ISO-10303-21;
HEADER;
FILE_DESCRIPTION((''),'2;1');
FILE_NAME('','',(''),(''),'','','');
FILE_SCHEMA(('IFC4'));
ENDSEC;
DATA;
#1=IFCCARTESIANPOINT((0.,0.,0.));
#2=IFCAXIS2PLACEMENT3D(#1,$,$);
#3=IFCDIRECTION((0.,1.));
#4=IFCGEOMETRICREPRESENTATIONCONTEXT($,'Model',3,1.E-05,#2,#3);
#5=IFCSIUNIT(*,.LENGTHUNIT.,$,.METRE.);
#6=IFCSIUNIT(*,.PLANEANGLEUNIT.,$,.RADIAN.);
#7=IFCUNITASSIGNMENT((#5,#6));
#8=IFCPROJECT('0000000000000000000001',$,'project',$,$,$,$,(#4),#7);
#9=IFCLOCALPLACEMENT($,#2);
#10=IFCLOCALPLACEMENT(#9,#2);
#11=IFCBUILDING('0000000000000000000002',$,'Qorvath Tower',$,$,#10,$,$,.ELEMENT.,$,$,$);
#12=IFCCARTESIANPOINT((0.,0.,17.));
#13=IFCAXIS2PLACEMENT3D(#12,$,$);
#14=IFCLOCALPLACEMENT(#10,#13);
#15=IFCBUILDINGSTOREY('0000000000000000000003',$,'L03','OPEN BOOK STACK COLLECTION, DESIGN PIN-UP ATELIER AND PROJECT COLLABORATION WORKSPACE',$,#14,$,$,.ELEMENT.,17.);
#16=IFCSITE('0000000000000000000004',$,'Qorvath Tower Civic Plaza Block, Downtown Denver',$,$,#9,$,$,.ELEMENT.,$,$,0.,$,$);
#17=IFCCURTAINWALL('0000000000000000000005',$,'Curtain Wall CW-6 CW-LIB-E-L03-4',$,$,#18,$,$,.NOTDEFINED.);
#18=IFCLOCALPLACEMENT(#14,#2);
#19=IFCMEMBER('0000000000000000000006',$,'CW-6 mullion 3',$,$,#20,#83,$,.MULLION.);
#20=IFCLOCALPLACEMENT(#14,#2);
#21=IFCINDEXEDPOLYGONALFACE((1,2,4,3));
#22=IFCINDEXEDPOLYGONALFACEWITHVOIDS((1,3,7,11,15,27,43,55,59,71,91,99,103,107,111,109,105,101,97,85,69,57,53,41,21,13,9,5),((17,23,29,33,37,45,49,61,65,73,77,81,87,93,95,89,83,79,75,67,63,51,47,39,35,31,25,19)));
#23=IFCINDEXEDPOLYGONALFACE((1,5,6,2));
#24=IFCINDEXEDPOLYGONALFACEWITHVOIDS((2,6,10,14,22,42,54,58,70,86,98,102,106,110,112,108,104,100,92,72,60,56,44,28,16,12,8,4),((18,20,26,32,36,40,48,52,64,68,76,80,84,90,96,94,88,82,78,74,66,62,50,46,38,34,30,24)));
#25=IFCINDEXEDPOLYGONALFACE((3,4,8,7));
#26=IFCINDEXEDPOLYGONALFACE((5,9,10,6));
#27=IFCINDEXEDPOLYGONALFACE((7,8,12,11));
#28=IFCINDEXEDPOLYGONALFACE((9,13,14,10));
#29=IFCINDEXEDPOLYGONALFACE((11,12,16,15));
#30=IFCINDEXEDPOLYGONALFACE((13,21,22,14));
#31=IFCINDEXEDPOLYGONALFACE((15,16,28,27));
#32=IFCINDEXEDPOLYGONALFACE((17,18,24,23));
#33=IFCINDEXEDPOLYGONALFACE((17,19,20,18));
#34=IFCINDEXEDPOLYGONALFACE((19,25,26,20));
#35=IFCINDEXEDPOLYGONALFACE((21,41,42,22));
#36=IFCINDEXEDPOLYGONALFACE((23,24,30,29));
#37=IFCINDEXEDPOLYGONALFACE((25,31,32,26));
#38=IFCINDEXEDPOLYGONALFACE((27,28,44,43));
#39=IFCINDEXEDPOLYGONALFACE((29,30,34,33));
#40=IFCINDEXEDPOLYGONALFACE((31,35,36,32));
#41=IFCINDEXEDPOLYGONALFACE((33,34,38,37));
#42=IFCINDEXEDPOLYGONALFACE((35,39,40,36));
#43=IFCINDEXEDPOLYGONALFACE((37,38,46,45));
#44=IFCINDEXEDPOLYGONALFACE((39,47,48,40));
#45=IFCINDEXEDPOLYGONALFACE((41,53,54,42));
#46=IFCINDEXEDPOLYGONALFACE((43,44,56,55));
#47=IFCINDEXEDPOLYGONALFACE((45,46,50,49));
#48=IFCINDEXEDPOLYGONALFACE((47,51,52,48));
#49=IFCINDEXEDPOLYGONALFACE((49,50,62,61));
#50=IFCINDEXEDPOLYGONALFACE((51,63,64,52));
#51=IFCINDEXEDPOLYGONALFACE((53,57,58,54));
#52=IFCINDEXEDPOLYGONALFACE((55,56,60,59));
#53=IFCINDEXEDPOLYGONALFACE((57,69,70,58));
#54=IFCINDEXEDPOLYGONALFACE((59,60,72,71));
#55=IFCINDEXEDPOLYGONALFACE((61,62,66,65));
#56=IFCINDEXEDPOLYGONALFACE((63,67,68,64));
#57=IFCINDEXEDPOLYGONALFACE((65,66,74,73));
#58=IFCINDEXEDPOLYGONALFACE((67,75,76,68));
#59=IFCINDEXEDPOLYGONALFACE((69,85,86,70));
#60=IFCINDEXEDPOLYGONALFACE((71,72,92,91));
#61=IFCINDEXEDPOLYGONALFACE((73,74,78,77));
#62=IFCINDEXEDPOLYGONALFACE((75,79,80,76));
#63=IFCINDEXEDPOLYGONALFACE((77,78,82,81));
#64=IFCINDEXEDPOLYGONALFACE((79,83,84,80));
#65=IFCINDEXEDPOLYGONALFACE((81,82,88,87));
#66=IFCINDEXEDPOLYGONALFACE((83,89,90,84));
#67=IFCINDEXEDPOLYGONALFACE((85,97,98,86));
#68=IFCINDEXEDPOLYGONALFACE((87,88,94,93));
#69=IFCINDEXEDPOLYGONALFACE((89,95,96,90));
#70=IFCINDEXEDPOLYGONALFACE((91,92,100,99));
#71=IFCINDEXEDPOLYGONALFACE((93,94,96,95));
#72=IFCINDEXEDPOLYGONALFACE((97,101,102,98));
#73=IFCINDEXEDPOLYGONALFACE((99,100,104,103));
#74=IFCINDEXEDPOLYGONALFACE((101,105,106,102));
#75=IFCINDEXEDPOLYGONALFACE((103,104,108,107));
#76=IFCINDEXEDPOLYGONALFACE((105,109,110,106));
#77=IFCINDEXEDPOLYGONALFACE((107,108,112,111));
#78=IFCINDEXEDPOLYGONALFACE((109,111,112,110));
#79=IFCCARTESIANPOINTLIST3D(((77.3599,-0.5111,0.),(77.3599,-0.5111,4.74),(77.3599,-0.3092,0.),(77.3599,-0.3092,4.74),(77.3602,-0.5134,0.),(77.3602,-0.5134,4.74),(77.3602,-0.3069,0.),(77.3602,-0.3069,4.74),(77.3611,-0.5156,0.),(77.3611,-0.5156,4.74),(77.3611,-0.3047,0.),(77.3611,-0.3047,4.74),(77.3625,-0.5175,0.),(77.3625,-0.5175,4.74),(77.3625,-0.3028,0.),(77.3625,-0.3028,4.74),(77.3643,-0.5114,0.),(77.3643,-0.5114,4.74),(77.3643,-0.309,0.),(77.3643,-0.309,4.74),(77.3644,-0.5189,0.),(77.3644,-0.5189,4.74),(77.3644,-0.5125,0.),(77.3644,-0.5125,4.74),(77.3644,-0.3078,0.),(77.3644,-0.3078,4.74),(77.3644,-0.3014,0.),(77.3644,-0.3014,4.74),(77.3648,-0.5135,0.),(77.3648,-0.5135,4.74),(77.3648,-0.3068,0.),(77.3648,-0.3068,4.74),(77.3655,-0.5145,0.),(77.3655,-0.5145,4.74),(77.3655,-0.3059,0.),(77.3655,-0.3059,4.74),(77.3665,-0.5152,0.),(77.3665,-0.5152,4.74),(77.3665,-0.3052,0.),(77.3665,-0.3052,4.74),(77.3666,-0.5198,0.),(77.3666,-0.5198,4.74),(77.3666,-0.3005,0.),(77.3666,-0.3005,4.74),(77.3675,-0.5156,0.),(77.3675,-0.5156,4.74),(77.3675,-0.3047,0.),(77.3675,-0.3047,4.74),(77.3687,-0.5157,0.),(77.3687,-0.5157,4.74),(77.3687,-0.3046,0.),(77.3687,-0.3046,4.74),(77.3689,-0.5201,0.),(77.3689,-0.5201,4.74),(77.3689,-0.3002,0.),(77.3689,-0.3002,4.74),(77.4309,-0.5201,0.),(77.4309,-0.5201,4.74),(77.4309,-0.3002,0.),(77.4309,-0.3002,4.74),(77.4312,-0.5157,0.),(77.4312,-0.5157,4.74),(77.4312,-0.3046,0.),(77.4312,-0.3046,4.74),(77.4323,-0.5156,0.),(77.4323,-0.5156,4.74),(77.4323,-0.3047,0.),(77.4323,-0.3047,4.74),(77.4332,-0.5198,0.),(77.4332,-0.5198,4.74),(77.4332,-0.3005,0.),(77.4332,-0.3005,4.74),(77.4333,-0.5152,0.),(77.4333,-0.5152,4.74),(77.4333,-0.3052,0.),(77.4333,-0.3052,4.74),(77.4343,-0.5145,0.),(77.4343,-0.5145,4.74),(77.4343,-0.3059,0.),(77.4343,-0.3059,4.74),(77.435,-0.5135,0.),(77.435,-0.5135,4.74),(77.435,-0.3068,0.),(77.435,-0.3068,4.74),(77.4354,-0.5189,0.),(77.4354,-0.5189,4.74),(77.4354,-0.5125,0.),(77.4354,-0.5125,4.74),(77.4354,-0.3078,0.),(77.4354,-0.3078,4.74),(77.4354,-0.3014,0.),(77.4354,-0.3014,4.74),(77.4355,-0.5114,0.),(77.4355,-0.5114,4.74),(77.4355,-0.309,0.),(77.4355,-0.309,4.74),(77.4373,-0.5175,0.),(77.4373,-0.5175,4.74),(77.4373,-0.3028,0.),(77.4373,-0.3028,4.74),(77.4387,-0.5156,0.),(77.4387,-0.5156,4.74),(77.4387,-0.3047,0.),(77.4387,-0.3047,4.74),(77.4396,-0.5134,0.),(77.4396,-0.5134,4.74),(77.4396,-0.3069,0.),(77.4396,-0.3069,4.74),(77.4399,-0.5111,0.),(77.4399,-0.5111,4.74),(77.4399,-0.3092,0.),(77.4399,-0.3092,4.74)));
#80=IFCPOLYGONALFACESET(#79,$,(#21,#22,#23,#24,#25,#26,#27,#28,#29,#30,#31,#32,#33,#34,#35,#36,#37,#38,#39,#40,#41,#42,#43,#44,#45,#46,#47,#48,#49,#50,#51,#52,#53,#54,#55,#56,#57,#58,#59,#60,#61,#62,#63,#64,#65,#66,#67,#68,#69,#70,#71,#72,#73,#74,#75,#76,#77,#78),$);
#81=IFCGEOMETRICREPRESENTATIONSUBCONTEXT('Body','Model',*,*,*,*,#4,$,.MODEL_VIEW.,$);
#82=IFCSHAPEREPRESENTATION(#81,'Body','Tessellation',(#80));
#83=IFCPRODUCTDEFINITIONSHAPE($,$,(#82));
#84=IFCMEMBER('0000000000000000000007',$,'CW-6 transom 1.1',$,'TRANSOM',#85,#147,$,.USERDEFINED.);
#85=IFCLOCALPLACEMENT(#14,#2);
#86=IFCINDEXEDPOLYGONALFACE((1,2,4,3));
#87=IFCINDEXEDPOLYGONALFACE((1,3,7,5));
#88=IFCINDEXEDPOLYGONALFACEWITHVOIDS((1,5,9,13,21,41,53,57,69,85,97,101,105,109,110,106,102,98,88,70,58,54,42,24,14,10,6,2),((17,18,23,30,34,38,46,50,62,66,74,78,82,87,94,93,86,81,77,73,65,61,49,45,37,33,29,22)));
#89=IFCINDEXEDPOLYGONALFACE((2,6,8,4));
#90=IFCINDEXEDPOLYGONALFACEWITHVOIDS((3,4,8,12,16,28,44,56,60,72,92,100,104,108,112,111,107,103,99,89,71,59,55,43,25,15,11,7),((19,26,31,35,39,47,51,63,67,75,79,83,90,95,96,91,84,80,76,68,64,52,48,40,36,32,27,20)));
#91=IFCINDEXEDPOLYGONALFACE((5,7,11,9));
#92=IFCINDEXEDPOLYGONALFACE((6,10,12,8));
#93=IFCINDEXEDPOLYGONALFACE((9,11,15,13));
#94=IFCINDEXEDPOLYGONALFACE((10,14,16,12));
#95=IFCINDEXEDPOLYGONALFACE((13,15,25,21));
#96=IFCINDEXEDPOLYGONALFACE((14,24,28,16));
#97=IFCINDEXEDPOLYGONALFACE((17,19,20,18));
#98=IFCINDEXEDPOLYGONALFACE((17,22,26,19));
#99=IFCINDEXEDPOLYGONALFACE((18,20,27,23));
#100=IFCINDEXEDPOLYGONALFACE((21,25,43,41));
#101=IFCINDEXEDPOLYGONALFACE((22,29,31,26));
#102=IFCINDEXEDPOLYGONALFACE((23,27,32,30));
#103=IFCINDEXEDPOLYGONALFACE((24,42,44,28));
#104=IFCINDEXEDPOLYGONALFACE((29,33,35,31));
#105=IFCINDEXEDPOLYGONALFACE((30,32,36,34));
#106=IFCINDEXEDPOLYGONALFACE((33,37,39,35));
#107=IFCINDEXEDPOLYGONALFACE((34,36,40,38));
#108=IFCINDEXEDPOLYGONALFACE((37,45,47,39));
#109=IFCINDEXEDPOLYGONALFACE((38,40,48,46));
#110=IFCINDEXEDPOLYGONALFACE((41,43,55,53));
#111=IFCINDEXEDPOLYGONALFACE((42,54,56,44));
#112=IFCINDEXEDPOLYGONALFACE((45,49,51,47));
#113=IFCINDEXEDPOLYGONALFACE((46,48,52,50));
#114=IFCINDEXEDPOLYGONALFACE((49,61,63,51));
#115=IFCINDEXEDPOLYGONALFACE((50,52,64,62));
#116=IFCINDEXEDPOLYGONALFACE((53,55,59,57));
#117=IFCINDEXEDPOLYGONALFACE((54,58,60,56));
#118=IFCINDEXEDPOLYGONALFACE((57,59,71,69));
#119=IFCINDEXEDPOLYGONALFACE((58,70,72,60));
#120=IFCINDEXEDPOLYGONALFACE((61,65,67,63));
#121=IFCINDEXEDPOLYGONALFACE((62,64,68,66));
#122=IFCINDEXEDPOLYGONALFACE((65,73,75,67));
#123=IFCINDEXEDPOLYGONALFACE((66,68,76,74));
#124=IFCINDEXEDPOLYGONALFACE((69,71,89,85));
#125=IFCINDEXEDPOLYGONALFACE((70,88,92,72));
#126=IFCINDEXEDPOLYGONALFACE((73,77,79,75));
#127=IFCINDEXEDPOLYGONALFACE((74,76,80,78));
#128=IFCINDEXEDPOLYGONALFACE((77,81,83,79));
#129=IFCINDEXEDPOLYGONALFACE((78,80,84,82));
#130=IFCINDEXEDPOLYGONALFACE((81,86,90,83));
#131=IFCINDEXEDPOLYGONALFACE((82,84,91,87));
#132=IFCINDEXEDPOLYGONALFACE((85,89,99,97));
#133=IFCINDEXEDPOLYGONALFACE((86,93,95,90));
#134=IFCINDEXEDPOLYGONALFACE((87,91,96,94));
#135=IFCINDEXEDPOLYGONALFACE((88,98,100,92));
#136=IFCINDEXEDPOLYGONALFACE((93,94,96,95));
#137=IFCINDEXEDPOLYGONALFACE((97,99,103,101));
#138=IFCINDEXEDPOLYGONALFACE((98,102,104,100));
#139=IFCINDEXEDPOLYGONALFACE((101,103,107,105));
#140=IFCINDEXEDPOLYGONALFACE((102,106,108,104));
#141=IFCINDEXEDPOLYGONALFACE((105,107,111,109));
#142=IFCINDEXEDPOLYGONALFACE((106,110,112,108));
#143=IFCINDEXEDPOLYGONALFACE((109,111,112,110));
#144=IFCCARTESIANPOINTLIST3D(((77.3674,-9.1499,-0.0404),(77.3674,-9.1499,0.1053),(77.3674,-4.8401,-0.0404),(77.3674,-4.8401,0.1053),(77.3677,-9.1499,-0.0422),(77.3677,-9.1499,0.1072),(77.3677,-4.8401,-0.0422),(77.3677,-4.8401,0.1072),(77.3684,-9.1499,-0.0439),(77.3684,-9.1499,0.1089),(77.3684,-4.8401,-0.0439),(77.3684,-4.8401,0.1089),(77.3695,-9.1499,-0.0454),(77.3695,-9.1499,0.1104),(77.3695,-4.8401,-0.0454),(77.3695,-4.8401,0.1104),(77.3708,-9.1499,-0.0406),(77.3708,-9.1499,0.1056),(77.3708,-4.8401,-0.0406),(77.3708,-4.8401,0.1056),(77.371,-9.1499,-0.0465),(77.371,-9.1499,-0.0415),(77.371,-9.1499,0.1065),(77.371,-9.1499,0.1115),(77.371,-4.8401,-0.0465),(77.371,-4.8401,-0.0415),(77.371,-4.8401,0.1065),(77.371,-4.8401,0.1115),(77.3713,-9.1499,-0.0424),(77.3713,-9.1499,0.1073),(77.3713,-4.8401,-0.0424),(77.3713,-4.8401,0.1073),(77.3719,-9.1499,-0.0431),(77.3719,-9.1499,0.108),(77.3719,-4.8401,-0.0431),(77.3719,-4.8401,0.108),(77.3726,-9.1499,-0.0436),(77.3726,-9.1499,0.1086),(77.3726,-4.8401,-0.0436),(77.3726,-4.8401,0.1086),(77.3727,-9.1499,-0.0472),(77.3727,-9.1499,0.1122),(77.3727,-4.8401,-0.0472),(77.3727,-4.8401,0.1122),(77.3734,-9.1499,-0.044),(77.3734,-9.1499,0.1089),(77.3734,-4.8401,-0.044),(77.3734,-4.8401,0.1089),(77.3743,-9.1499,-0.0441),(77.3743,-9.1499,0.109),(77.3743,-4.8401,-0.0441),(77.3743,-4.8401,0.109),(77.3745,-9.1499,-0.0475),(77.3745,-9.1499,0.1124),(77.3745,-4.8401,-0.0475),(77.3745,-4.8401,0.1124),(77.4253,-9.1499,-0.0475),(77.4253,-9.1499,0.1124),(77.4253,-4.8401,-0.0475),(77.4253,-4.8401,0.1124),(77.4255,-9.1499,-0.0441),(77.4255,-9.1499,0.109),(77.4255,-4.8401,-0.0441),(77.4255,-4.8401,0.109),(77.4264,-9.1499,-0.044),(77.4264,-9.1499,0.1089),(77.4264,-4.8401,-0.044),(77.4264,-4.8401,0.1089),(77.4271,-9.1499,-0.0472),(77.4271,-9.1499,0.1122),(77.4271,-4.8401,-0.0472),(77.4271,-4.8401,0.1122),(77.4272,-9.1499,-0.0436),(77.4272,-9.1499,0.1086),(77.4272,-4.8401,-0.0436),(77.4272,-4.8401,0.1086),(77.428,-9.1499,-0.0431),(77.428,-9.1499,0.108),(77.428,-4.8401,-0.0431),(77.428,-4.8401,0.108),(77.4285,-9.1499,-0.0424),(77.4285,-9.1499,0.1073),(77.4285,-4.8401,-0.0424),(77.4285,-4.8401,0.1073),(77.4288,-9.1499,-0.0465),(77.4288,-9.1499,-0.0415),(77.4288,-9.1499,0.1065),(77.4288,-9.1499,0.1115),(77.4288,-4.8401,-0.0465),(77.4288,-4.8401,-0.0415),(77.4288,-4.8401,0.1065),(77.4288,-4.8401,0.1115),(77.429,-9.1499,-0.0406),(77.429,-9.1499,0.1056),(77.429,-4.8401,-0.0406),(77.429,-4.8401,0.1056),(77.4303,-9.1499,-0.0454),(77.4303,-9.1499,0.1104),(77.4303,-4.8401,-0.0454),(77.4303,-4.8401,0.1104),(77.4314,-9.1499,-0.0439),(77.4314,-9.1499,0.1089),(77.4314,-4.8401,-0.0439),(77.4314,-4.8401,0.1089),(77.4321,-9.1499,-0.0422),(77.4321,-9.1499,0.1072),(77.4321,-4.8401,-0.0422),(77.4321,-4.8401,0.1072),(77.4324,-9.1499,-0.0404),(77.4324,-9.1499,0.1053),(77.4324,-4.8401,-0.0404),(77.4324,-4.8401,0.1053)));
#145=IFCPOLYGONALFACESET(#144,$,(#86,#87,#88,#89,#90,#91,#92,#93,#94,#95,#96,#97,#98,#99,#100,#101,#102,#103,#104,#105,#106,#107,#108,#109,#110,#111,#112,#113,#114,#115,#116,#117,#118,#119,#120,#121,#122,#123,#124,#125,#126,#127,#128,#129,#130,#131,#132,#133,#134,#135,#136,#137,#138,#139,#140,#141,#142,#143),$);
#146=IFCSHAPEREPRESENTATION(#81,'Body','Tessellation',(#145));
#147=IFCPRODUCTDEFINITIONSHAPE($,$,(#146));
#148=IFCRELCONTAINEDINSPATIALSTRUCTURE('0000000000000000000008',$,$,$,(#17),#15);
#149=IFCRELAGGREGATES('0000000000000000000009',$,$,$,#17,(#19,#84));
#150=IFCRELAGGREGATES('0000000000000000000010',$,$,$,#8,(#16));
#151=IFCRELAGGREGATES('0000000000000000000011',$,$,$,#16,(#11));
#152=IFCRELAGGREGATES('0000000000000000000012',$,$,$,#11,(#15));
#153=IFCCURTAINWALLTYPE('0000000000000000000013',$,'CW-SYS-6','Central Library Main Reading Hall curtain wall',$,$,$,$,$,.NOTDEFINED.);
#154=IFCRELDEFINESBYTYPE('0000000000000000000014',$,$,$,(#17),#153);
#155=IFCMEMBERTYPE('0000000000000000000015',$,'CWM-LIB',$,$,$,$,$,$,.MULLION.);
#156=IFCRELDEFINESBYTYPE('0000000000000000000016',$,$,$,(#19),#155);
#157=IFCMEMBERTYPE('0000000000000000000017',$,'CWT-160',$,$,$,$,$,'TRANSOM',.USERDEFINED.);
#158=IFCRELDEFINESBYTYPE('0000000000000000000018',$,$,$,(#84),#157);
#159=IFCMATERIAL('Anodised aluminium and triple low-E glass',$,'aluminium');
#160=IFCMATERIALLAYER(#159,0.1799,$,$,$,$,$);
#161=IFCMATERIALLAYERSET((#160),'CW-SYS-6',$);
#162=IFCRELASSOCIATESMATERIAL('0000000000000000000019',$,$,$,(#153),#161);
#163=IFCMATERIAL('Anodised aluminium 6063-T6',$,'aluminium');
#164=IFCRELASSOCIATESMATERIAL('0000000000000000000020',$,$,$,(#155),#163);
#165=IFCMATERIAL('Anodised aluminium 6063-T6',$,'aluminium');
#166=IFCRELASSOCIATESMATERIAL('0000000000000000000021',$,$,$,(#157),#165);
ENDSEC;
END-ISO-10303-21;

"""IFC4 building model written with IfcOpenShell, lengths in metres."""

from ifc_helpers import new_model, si_unit, direction, frame, origin, origin_2d, place, context, subcontext, project, spatial, hollow_rectangle, extrude, material, layer, layer_set, material_profile, profile_set, type_object, element, aggregate, save


model = new_model("IFC4")

# Units and contexts
model_context = context("Model", 3, precision=1e-05, world=origin(), true_north=direction((0.0, 1.0)))
body_context = subcontext(model_context, "Body", "Model", "MODEL_VIEW")
ifc_project = project(units=[si_unit("LENGTHUNIT", "METRE"), si_unit("PLANEANGLEUNIT", "RADIAN")], contexts=[model_context])

# Site, building, storey
site_placement = place(None, origin())
site = spatial("IfcSite", under=ifc_project, at=site_placement, Name="Qorvath Tower Civic Plaza Block, Downtown Denver", CompositionType="ELEMENT", RefElevation=0.0)
building_placement = place(site_placement, origin())
building = spatial("IfcBuilding", under=site, at=building_placement, Name="Qorvath Tower", CompositionType="ELEMENT")
storey_placement = place(building_placement, frame((0.0, 0.0, 17.0)))
storey = spatial("IfcBuildingStorey", under=building, at=storey_placement, Name="L03", Description="OPEN BOOK STACK COLLECTION, DESIGN PIN-UP ATELIER AND PROJECT COLLABORATION WORKSPACE", CompositionType="ELEMENT", Elevation=17.0)

# Curtain wall, members
ifc_material_1 = material(Name="Anodised aluminium and triple low-E glass", Category="aluminium")
ifc_layer_1 = layer(ifc_material_1, 0.1799)
ifc_layer_set_1 = layer_set([ifc_layer_1], Name="CW-SYS-6")
curtain_wall_type = type_object("IfcCurtainWallType", Name="CW-SYS-6", Description="Central Library Main Reading Hall curtain wall", PredefinedType="NOTDEFINED", material=ifc_layer_set_1)
curtain_wall_placement = place(storey_placement, origin())
curtain_wall = element("IfcCurtainWall", 1, at=curtain_wall_placement, inside=storey, type_object=curtain_wall_type, Name="Curtain Wall CW-6 CW-LIB-E-L03-4", PredefinedType="NOTDEFINED")
ifc_material_2 = material(Name="Anodised aluminium 6063-T6", Category="aluminium")
ifc_material_profile_1 = material_profile(ifc_material_2, hollow_rectangle(XDim=0.0801, YDim=0.22, WallThickness=0.0044, InnerFilletRadius=0.0044, OuterFilletRadius=0.009, at=origin_2d()), Name="CWM LIB 220x80")
ifc_profile_set_1 = profile_set([ifc_material_profile_1], Name="Anodised aluminium 6063-T6")
member_type_1 = type_object("IfcMemberType", Name="CWM-LIB", PredefinedType="MULLION", material=ifc_profile_set_1)
member_1_placement = place(storey_placement, frame((77.3999, -0.4102, 0.0), z_axis=(0.0, 0.0, 1.0), x_axis=(-1.0, 0.0, 0.0)))
member_1 = element("IfcMember", 2, at=member_1_placement, type_object=member_type_1, Name="CW-6 mullion 3", PredefinedType="MULLION", context=body_context, shape_type="SweptSolid", body=[
    extrude(hollow_rectangle(XDim=0.0801, YDim=0.22, WallThickness=0.0044, InnerFilletRadius=0.0044, OuterFilletRadius=0.009, at=origin_2d()), origin(), (0.0, 0.0, 1.0), 4.74),
])
ifc_material_3 = material(Name="Anodised aluminium 6063-T6", Category="aluminium")
ifc_material_profile_2 = material_profile(ifc_material_3, hollow_rectangle(XDim=0.0649, YDim=0.1599, WallThickness=0.0034, InnerFilletRadius=0.0034, OuterFilletRadius=0.0071, at=origin_2d()), Name="CWT 160x65")
ifc_profile_set_2 = profile_set([ifc_material_profile_2], Name="Anodised aluminium 6063-T6")
member_type_2 = type_object("IfcMemberType", Name="CWT-160", ElementType="TRANSOM", PredefinedType="USERDEFINED", material=ifc_profile_set_2)
member_2_placement = place(storey_placement, frame((77.3999, -9.1499, 0.0325), z_axis=(0.0, 1.0, 0.0), x_axis=(-1.0, 0.0, 0.0)))
member_2 = element("IfcMember", 3, at=member_2_placement, type_object=member_type_2, Name="CW-6 transom 1.1", ObjectType="TRANSOM", PredefinedType="USERDEFINED", context=body_context, shape_type="SweptSolid", body=[
    extrude(hollow_rectangle(XDim=0.0649, YDim=0.1599, WallThickness=0.0034, InnerFilletRadius=0.0034, OuterFilletRadius=0.0071, at=origin_2d()), origin(), (0.0, 0.0, 1.0), 4.3098),
])
aggregate(curtain_wall, [member_1, member_2])

save(model, "model.ifc")
